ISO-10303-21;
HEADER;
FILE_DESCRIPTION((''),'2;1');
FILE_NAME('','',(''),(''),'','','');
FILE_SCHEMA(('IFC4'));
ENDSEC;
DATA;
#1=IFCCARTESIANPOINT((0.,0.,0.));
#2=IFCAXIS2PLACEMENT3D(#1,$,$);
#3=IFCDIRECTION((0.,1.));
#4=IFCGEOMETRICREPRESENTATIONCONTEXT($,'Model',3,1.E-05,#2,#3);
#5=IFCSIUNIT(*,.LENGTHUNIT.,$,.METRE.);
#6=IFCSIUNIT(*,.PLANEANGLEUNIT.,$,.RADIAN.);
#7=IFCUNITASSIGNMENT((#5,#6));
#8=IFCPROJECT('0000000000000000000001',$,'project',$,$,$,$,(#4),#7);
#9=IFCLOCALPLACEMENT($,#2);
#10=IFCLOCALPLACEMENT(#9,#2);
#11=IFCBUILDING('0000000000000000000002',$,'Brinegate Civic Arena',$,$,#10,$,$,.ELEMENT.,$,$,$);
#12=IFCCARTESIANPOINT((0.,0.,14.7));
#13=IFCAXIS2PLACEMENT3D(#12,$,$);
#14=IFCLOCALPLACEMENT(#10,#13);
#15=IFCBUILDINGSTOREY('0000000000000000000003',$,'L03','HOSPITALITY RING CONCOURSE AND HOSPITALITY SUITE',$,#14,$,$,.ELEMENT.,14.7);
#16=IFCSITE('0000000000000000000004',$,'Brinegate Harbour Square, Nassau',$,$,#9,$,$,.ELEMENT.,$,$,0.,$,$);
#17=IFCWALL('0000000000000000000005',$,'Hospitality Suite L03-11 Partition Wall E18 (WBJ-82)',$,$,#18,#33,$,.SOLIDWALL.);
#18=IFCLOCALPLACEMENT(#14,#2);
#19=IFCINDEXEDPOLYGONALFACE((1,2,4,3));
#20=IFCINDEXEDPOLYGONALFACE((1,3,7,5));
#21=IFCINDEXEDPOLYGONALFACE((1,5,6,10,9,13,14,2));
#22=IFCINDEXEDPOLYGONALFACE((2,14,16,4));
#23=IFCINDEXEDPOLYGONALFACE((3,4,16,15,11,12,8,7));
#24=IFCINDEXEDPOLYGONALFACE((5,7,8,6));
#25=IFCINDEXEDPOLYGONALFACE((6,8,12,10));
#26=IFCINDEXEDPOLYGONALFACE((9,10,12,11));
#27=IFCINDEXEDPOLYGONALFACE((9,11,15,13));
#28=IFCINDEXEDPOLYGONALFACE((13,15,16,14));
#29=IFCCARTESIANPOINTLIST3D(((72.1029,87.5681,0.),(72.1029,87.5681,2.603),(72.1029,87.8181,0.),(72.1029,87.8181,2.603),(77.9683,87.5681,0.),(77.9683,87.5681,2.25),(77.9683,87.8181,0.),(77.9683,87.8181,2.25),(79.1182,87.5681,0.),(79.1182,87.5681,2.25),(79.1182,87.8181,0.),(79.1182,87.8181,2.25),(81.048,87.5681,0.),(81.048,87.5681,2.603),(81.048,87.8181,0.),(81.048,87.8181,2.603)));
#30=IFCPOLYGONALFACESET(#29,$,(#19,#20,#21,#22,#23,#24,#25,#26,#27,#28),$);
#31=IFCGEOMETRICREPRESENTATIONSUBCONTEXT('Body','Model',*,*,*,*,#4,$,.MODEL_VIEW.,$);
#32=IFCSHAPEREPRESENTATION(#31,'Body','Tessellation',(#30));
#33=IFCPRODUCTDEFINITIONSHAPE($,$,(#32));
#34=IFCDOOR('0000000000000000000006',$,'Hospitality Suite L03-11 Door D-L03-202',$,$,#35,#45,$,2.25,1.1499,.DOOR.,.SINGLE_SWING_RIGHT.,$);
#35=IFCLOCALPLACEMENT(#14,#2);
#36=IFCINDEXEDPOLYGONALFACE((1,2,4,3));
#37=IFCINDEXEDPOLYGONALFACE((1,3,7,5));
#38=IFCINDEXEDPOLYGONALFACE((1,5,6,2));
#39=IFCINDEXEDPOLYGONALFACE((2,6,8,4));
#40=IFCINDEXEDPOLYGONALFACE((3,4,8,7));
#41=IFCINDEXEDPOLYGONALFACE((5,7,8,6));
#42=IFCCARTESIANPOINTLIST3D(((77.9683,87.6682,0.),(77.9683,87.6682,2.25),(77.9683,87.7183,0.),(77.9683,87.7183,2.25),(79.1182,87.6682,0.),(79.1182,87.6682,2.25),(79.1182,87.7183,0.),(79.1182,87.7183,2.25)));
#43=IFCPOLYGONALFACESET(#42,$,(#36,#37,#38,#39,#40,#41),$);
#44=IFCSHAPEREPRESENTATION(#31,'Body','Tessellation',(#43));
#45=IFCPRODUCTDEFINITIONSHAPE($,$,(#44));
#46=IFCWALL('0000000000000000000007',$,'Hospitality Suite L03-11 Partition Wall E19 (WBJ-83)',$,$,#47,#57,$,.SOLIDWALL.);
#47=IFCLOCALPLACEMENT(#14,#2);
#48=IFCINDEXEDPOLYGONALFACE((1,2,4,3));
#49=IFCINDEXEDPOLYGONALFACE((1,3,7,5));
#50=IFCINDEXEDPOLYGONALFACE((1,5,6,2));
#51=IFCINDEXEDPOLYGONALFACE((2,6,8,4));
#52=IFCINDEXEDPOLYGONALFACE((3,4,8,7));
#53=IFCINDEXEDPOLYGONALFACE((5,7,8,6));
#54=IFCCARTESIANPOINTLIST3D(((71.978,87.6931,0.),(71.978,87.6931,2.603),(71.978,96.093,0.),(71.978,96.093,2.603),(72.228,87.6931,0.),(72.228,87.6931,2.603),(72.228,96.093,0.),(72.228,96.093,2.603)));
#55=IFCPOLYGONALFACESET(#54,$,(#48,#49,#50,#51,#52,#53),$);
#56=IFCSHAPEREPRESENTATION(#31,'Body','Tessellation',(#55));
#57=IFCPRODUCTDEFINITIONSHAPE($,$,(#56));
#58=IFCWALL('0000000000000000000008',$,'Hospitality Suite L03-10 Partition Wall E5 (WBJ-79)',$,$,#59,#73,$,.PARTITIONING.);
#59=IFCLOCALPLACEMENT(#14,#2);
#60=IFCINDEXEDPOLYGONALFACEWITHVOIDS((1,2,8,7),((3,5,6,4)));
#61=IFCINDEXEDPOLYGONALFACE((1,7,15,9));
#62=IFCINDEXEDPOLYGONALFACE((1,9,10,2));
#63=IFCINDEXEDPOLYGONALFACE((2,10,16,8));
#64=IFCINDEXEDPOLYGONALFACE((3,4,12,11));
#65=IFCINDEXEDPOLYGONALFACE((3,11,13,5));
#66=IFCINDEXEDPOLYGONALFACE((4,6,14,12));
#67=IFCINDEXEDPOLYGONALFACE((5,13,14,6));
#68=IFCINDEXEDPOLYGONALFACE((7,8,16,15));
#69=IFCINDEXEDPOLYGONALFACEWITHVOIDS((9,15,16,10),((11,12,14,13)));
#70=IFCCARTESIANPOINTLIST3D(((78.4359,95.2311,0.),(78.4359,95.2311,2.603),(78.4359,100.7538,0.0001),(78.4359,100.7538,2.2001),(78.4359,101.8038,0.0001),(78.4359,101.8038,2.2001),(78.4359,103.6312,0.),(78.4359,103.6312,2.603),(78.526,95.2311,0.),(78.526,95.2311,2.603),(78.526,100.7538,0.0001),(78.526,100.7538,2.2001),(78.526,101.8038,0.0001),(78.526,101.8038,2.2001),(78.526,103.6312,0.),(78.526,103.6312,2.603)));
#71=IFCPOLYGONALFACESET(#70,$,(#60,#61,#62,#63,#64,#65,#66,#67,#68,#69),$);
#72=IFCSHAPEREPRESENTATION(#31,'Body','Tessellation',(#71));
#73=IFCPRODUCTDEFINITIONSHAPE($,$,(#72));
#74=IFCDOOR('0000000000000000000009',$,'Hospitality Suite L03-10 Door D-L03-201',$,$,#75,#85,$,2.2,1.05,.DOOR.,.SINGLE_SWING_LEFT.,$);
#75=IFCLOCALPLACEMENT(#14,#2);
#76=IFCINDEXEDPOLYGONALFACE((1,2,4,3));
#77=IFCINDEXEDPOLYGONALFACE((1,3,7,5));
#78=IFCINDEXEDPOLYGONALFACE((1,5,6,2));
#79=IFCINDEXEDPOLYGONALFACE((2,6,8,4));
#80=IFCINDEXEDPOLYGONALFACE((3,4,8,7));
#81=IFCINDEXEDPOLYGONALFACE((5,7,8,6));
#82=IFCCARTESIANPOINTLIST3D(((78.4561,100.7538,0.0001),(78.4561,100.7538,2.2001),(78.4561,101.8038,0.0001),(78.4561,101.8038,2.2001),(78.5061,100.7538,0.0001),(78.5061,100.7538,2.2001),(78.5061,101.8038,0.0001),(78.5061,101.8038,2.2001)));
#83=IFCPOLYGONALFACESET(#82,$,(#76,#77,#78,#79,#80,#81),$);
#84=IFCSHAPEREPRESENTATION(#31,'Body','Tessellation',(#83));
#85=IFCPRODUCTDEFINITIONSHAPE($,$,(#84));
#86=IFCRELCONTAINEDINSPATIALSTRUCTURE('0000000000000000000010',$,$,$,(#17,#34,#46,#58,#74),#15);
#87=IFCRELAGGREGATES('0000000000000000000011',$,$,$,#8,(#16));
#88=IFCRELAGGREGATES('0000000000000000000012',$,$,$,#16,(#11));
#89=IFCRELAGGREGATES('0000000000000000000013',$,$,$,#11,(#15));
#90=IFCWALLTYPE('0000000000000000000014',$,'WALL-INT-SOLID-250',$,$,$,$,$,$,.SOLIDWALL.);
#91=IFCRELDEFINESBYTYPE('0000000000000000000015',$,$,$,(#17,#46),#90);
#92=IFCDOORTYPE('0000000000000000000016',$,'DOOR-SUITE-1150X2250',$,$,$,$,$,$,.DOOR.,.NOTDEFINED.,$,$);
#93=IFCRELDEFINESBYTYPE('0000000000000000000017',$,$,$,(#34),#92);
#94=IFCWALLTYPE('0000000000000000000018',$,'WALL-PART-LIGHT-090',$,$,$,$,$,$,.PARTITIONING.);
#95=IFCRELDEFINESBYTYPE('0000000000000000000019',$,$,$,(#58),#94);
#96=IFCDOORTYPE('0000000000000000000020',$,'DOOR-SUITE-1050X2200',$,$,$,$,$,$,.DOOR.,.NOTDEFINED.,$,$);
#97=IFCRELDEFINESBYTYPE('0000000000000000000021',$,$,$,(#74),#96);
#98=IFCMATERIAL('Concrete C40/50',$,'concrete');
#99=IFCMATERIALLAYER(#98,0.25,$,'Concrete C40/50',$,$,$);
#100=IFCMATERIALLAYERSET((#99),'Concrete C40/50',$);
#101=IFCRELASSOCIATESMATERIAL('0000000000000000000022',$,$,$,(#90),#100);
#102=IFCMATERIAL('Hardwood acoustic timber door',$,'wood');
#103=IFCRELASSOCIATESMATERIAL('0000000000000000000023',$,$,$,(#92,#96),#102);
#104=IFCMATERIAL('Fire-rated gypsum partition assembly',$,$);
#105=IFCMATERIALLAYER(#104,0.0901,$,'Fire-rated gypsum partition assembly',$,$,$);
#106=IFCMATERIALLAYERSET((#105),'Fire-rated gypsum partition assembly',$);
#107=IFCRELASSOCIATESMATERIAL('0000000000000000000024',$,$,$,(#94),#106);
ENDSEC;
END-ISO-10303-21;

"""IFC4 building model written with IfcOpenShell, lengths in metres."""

from ifc_helpers import new_model, si_unit, direction, frame, frame_2d, origin, place, context, subcontext, project, spatial, rectangle, extrude, material, layer, layer_set, type_object, element, fill, save


model = new_model("IFC4")

# Units and contexts
model_context = context("Model", 3, precision=1e-05, world=origin(), true_north=direction((0.0, 1.0)))
body_context = subcontext(model_context, "Body", "Model", "MODEL_VIEW")
ifc_project = project(units=[si_unit("LENGTHUNIT", "METRE"), si_unit("PLANEANGLEUNIT", "RADIAN")], contexts=[model_context])

# Site, building, storey
site_placement = place(None, origin())
site = spatial("IfcSite", under=ifc_project, at=site_placement, Name="Brinegate Harbour Square, Nassau", CompositionType="ELEMENT", RefElevation=0.0)
building_placement = place(site_placement, origin())
building = spatial("IfcBuilding", under=site, at=building_placement, Name="Brinegate Civic Arena", CompositionType="ELEMENT")
storey_placement = place(building_placement, frame((0.0, 0.0, 14.7)))
storey = spatial("IfcBuildingStorey", under=building, at=storey_placement, Name="L03", Description="HOSPITALITY RING CONCOURSE AND HOSPITALITY SUITE", CompositionType="ELEMENT", Elevation=14.7)

# Shared definitions
ifc_material_1 = material(Name="Concrete C40/50", Category="concrete")
ifc_layer_1 = layer(ifc_material_1, 0.25, Name="Concrete C40/50")
ifc_layer_set_1 = layer_set([ifc_layer_1], Name="Concrete C40/50")
wall_type_1 = type_object("IfcWallType", Name="WALL-INT-SOLID-250", PredefinedType="SOLIDWALL", material=ifc_layer_set_1)

# Wall, opening, door
wall_1_placement = place(storey_placement, frame((81.0481, 87.6931, 0.0), z_axis=(0.0, 0.0, 1.0), x_axis=(-1.0, 0.0, 0.0)))
wall_1 = element("IfcWall", 1, at=wall_1_placement, inside=storey, type_object=wall_type_1, Name="Hospitality Suite L03-11 Partition Wall E18 (WBJ-82)", PredefinedType="SOLIDWALL", context=body_context, shape_type="SweptSolid", body=[
    extrude(rectangle(XDim=8.9451, YDim=0.25, at=frame_2d((4.4727, 0.0))), origin(), (0.0, 0.0, 1.0), 2.603),
])
opening_1_placement = place(wall_1_placement, frame((1.9299, 0.0, 0.0)))
opening_1 = element("IfcOpeningElement", 2, at=opening_1_placement, cuts=wall_1, PredefinedType="OPENING", context=body_context, shape_type="SweptSolid", body=[
    extrude(rectangle(XDim=1.1499, YDim=2.25, at=frame_2d((0.575, 1.125))), frame((0.0, 0.135, 0.0), z_axis=(0.0, -1.0, 0.0), x_axis=(1.0, 0.0, 0.0)), (0.0, 0.0, 1.0), 0.27),
])
ifc_material_2 = material(Name="Hardwood acoustic timber door", Category="wood")
door_type_1 = type_object("IfcDoorType", Name="DOOR-SUITE-1150X2250", OperationType="NOTDEFINED", PredefinedType="DOOR", material=ifc_material_2)
door_1_placement = place(opening_1_placement, origin())
door_1 = element("IfcDoor", 3, at=door_1_placement, inside=storey, type_object=door_type_1, Name="Hospitality Suite L03-11 Door D-L03-202", OperationType="SINGLE_SWING_RIGHT", OverallHeight=2.25, OverallWidth=1.1499, PredefinedType="DOOR", context=body_context, shape_type="SweptSolid", body=[
    extrude(rectangle(XDim=1.1499, YDim=2.25, at=frame_2d((0.575, 1.125))), frame((0.0, 0.0249, 0.0), z_axis=(0.0, -1.0, 0.0), x_axis=(1.0, 0.0, 0.0)), (0.0, 0.0, 1.0), 0.05),
])
fill(opening_1, door_1)

# Wall
wall_2_placement = place(storey_placement, frame((72.103, 87.6931, 0.0), z_axis=(0.0, 0.0, 1.0), x_axis=(0.0, 1.0, 0.0)))
element("IfcWall", 4, at=wall_2_placement, inside=storey, type_object=wall_type_1, Name="Hospitality Suite L03-11 Partition Wall E19 (WBJ-83)", PredefinedType="SOLIDWALL", context=body_context, shape_type="SweptSolid", body=[
    extrude(rectangle(XDim=8.3999, YDim=0.25, at=frame_2d((4.2, 0.0))), origin(), (0.0, 0.0, 1.0), 2.603),
])

# Wall, opening, door
ifc_material_3 = material(Name="Fire-rated gypsum partition assembly")
ifc_layer_2 = layer(ifc_material_3, 0.0901, Name="Fire-rated gypsum partition assembly")
ifc_layer_set_2 = layer_set([ifc_layer_2], Name="Fire-rated gypsum partition assembly")
wall_type_2 = type_object("IfcWallType", Name="WALL-PART-LIGHT-090", PredefinedType="PARTITIONING", material=ifc_layer_set_2)
wall_3_placement = place(storey_placement, frame((78.481, 95.231, 0.0), z_axis=(0.0, 0.0, 1.0), x_axis=(0.0, 1.0, 0.0)))
wall_3 = element("IfcWall", 5, at=wall_3_placement, inside=storey, type_object=wall_type_2, Name="Hospitality Suite L03-10 Partition Wall E5 (WBJ-79)", PredefinedType="PARTITIONING", context=body_context, shape_type="SweptSolid", body=[
    extrude(rectangle(XDim=8.4001, YDim=0.0901, at=frame_2d((4.2002, 0.0))), origin(), (0.0, 0.0, 1.0), 2.603),
])
opening_2_placement = place(wall_3_placement, frame((5.5229, 0.0, 0.0)))
opening_2 = element("IfcOpeningElement", 6, at=opening_2_placement, cuts=wall_3, PredefinedType="OPENING", context=body_context, shape_type="SweptSolid", body=[
    extrude(rectangle(XDim=1.05, YDim=2.2, at=frame_2d((0.5249, 1.1001))), frame((0.0, 0.0549, 0.0), z_axis=(0.0, -1.0, 0.0), x_axis=(1.0, 0.0, 0.0)), (0.0, 0.0, 1.0), 0.1101),
])
door_type_2 = type_object("IfcDoorType", Name="DOOR-SUITE-1050X2200", OperationType="NOTDEFINED", PredefinedType="DOOR", material=ifc_material_2)
door_2_placement = place(opening_2_placement, origin())
door_2 = element("IfcDoor", 7, at=door_2_placement, inside=storey, type_object=door_type_2, Name="Hospitality Suite L03-10 Door D-L03-201", OperationType="SINGLE_SWING_LEFT", OverallHeight=2.2, OverallWidth=1.05, PredefinedType="DOOR", context=body_context, shape_type="SweptSolid", body=[
    extrude(rectangle(XDim=1.05, YDim=2.2, at=frame_2d((0.5249, 1.1001))), frame((0.0, 0.0249, 0.0), z_axis=(0.0, -1.0, 0.0), x_axis=(1.0, 0.0, 0.0)), (0.0, 0.0, 1.0), 0.05),
])
fill(opening_2, door_2)

save(model, "model.ifc")
